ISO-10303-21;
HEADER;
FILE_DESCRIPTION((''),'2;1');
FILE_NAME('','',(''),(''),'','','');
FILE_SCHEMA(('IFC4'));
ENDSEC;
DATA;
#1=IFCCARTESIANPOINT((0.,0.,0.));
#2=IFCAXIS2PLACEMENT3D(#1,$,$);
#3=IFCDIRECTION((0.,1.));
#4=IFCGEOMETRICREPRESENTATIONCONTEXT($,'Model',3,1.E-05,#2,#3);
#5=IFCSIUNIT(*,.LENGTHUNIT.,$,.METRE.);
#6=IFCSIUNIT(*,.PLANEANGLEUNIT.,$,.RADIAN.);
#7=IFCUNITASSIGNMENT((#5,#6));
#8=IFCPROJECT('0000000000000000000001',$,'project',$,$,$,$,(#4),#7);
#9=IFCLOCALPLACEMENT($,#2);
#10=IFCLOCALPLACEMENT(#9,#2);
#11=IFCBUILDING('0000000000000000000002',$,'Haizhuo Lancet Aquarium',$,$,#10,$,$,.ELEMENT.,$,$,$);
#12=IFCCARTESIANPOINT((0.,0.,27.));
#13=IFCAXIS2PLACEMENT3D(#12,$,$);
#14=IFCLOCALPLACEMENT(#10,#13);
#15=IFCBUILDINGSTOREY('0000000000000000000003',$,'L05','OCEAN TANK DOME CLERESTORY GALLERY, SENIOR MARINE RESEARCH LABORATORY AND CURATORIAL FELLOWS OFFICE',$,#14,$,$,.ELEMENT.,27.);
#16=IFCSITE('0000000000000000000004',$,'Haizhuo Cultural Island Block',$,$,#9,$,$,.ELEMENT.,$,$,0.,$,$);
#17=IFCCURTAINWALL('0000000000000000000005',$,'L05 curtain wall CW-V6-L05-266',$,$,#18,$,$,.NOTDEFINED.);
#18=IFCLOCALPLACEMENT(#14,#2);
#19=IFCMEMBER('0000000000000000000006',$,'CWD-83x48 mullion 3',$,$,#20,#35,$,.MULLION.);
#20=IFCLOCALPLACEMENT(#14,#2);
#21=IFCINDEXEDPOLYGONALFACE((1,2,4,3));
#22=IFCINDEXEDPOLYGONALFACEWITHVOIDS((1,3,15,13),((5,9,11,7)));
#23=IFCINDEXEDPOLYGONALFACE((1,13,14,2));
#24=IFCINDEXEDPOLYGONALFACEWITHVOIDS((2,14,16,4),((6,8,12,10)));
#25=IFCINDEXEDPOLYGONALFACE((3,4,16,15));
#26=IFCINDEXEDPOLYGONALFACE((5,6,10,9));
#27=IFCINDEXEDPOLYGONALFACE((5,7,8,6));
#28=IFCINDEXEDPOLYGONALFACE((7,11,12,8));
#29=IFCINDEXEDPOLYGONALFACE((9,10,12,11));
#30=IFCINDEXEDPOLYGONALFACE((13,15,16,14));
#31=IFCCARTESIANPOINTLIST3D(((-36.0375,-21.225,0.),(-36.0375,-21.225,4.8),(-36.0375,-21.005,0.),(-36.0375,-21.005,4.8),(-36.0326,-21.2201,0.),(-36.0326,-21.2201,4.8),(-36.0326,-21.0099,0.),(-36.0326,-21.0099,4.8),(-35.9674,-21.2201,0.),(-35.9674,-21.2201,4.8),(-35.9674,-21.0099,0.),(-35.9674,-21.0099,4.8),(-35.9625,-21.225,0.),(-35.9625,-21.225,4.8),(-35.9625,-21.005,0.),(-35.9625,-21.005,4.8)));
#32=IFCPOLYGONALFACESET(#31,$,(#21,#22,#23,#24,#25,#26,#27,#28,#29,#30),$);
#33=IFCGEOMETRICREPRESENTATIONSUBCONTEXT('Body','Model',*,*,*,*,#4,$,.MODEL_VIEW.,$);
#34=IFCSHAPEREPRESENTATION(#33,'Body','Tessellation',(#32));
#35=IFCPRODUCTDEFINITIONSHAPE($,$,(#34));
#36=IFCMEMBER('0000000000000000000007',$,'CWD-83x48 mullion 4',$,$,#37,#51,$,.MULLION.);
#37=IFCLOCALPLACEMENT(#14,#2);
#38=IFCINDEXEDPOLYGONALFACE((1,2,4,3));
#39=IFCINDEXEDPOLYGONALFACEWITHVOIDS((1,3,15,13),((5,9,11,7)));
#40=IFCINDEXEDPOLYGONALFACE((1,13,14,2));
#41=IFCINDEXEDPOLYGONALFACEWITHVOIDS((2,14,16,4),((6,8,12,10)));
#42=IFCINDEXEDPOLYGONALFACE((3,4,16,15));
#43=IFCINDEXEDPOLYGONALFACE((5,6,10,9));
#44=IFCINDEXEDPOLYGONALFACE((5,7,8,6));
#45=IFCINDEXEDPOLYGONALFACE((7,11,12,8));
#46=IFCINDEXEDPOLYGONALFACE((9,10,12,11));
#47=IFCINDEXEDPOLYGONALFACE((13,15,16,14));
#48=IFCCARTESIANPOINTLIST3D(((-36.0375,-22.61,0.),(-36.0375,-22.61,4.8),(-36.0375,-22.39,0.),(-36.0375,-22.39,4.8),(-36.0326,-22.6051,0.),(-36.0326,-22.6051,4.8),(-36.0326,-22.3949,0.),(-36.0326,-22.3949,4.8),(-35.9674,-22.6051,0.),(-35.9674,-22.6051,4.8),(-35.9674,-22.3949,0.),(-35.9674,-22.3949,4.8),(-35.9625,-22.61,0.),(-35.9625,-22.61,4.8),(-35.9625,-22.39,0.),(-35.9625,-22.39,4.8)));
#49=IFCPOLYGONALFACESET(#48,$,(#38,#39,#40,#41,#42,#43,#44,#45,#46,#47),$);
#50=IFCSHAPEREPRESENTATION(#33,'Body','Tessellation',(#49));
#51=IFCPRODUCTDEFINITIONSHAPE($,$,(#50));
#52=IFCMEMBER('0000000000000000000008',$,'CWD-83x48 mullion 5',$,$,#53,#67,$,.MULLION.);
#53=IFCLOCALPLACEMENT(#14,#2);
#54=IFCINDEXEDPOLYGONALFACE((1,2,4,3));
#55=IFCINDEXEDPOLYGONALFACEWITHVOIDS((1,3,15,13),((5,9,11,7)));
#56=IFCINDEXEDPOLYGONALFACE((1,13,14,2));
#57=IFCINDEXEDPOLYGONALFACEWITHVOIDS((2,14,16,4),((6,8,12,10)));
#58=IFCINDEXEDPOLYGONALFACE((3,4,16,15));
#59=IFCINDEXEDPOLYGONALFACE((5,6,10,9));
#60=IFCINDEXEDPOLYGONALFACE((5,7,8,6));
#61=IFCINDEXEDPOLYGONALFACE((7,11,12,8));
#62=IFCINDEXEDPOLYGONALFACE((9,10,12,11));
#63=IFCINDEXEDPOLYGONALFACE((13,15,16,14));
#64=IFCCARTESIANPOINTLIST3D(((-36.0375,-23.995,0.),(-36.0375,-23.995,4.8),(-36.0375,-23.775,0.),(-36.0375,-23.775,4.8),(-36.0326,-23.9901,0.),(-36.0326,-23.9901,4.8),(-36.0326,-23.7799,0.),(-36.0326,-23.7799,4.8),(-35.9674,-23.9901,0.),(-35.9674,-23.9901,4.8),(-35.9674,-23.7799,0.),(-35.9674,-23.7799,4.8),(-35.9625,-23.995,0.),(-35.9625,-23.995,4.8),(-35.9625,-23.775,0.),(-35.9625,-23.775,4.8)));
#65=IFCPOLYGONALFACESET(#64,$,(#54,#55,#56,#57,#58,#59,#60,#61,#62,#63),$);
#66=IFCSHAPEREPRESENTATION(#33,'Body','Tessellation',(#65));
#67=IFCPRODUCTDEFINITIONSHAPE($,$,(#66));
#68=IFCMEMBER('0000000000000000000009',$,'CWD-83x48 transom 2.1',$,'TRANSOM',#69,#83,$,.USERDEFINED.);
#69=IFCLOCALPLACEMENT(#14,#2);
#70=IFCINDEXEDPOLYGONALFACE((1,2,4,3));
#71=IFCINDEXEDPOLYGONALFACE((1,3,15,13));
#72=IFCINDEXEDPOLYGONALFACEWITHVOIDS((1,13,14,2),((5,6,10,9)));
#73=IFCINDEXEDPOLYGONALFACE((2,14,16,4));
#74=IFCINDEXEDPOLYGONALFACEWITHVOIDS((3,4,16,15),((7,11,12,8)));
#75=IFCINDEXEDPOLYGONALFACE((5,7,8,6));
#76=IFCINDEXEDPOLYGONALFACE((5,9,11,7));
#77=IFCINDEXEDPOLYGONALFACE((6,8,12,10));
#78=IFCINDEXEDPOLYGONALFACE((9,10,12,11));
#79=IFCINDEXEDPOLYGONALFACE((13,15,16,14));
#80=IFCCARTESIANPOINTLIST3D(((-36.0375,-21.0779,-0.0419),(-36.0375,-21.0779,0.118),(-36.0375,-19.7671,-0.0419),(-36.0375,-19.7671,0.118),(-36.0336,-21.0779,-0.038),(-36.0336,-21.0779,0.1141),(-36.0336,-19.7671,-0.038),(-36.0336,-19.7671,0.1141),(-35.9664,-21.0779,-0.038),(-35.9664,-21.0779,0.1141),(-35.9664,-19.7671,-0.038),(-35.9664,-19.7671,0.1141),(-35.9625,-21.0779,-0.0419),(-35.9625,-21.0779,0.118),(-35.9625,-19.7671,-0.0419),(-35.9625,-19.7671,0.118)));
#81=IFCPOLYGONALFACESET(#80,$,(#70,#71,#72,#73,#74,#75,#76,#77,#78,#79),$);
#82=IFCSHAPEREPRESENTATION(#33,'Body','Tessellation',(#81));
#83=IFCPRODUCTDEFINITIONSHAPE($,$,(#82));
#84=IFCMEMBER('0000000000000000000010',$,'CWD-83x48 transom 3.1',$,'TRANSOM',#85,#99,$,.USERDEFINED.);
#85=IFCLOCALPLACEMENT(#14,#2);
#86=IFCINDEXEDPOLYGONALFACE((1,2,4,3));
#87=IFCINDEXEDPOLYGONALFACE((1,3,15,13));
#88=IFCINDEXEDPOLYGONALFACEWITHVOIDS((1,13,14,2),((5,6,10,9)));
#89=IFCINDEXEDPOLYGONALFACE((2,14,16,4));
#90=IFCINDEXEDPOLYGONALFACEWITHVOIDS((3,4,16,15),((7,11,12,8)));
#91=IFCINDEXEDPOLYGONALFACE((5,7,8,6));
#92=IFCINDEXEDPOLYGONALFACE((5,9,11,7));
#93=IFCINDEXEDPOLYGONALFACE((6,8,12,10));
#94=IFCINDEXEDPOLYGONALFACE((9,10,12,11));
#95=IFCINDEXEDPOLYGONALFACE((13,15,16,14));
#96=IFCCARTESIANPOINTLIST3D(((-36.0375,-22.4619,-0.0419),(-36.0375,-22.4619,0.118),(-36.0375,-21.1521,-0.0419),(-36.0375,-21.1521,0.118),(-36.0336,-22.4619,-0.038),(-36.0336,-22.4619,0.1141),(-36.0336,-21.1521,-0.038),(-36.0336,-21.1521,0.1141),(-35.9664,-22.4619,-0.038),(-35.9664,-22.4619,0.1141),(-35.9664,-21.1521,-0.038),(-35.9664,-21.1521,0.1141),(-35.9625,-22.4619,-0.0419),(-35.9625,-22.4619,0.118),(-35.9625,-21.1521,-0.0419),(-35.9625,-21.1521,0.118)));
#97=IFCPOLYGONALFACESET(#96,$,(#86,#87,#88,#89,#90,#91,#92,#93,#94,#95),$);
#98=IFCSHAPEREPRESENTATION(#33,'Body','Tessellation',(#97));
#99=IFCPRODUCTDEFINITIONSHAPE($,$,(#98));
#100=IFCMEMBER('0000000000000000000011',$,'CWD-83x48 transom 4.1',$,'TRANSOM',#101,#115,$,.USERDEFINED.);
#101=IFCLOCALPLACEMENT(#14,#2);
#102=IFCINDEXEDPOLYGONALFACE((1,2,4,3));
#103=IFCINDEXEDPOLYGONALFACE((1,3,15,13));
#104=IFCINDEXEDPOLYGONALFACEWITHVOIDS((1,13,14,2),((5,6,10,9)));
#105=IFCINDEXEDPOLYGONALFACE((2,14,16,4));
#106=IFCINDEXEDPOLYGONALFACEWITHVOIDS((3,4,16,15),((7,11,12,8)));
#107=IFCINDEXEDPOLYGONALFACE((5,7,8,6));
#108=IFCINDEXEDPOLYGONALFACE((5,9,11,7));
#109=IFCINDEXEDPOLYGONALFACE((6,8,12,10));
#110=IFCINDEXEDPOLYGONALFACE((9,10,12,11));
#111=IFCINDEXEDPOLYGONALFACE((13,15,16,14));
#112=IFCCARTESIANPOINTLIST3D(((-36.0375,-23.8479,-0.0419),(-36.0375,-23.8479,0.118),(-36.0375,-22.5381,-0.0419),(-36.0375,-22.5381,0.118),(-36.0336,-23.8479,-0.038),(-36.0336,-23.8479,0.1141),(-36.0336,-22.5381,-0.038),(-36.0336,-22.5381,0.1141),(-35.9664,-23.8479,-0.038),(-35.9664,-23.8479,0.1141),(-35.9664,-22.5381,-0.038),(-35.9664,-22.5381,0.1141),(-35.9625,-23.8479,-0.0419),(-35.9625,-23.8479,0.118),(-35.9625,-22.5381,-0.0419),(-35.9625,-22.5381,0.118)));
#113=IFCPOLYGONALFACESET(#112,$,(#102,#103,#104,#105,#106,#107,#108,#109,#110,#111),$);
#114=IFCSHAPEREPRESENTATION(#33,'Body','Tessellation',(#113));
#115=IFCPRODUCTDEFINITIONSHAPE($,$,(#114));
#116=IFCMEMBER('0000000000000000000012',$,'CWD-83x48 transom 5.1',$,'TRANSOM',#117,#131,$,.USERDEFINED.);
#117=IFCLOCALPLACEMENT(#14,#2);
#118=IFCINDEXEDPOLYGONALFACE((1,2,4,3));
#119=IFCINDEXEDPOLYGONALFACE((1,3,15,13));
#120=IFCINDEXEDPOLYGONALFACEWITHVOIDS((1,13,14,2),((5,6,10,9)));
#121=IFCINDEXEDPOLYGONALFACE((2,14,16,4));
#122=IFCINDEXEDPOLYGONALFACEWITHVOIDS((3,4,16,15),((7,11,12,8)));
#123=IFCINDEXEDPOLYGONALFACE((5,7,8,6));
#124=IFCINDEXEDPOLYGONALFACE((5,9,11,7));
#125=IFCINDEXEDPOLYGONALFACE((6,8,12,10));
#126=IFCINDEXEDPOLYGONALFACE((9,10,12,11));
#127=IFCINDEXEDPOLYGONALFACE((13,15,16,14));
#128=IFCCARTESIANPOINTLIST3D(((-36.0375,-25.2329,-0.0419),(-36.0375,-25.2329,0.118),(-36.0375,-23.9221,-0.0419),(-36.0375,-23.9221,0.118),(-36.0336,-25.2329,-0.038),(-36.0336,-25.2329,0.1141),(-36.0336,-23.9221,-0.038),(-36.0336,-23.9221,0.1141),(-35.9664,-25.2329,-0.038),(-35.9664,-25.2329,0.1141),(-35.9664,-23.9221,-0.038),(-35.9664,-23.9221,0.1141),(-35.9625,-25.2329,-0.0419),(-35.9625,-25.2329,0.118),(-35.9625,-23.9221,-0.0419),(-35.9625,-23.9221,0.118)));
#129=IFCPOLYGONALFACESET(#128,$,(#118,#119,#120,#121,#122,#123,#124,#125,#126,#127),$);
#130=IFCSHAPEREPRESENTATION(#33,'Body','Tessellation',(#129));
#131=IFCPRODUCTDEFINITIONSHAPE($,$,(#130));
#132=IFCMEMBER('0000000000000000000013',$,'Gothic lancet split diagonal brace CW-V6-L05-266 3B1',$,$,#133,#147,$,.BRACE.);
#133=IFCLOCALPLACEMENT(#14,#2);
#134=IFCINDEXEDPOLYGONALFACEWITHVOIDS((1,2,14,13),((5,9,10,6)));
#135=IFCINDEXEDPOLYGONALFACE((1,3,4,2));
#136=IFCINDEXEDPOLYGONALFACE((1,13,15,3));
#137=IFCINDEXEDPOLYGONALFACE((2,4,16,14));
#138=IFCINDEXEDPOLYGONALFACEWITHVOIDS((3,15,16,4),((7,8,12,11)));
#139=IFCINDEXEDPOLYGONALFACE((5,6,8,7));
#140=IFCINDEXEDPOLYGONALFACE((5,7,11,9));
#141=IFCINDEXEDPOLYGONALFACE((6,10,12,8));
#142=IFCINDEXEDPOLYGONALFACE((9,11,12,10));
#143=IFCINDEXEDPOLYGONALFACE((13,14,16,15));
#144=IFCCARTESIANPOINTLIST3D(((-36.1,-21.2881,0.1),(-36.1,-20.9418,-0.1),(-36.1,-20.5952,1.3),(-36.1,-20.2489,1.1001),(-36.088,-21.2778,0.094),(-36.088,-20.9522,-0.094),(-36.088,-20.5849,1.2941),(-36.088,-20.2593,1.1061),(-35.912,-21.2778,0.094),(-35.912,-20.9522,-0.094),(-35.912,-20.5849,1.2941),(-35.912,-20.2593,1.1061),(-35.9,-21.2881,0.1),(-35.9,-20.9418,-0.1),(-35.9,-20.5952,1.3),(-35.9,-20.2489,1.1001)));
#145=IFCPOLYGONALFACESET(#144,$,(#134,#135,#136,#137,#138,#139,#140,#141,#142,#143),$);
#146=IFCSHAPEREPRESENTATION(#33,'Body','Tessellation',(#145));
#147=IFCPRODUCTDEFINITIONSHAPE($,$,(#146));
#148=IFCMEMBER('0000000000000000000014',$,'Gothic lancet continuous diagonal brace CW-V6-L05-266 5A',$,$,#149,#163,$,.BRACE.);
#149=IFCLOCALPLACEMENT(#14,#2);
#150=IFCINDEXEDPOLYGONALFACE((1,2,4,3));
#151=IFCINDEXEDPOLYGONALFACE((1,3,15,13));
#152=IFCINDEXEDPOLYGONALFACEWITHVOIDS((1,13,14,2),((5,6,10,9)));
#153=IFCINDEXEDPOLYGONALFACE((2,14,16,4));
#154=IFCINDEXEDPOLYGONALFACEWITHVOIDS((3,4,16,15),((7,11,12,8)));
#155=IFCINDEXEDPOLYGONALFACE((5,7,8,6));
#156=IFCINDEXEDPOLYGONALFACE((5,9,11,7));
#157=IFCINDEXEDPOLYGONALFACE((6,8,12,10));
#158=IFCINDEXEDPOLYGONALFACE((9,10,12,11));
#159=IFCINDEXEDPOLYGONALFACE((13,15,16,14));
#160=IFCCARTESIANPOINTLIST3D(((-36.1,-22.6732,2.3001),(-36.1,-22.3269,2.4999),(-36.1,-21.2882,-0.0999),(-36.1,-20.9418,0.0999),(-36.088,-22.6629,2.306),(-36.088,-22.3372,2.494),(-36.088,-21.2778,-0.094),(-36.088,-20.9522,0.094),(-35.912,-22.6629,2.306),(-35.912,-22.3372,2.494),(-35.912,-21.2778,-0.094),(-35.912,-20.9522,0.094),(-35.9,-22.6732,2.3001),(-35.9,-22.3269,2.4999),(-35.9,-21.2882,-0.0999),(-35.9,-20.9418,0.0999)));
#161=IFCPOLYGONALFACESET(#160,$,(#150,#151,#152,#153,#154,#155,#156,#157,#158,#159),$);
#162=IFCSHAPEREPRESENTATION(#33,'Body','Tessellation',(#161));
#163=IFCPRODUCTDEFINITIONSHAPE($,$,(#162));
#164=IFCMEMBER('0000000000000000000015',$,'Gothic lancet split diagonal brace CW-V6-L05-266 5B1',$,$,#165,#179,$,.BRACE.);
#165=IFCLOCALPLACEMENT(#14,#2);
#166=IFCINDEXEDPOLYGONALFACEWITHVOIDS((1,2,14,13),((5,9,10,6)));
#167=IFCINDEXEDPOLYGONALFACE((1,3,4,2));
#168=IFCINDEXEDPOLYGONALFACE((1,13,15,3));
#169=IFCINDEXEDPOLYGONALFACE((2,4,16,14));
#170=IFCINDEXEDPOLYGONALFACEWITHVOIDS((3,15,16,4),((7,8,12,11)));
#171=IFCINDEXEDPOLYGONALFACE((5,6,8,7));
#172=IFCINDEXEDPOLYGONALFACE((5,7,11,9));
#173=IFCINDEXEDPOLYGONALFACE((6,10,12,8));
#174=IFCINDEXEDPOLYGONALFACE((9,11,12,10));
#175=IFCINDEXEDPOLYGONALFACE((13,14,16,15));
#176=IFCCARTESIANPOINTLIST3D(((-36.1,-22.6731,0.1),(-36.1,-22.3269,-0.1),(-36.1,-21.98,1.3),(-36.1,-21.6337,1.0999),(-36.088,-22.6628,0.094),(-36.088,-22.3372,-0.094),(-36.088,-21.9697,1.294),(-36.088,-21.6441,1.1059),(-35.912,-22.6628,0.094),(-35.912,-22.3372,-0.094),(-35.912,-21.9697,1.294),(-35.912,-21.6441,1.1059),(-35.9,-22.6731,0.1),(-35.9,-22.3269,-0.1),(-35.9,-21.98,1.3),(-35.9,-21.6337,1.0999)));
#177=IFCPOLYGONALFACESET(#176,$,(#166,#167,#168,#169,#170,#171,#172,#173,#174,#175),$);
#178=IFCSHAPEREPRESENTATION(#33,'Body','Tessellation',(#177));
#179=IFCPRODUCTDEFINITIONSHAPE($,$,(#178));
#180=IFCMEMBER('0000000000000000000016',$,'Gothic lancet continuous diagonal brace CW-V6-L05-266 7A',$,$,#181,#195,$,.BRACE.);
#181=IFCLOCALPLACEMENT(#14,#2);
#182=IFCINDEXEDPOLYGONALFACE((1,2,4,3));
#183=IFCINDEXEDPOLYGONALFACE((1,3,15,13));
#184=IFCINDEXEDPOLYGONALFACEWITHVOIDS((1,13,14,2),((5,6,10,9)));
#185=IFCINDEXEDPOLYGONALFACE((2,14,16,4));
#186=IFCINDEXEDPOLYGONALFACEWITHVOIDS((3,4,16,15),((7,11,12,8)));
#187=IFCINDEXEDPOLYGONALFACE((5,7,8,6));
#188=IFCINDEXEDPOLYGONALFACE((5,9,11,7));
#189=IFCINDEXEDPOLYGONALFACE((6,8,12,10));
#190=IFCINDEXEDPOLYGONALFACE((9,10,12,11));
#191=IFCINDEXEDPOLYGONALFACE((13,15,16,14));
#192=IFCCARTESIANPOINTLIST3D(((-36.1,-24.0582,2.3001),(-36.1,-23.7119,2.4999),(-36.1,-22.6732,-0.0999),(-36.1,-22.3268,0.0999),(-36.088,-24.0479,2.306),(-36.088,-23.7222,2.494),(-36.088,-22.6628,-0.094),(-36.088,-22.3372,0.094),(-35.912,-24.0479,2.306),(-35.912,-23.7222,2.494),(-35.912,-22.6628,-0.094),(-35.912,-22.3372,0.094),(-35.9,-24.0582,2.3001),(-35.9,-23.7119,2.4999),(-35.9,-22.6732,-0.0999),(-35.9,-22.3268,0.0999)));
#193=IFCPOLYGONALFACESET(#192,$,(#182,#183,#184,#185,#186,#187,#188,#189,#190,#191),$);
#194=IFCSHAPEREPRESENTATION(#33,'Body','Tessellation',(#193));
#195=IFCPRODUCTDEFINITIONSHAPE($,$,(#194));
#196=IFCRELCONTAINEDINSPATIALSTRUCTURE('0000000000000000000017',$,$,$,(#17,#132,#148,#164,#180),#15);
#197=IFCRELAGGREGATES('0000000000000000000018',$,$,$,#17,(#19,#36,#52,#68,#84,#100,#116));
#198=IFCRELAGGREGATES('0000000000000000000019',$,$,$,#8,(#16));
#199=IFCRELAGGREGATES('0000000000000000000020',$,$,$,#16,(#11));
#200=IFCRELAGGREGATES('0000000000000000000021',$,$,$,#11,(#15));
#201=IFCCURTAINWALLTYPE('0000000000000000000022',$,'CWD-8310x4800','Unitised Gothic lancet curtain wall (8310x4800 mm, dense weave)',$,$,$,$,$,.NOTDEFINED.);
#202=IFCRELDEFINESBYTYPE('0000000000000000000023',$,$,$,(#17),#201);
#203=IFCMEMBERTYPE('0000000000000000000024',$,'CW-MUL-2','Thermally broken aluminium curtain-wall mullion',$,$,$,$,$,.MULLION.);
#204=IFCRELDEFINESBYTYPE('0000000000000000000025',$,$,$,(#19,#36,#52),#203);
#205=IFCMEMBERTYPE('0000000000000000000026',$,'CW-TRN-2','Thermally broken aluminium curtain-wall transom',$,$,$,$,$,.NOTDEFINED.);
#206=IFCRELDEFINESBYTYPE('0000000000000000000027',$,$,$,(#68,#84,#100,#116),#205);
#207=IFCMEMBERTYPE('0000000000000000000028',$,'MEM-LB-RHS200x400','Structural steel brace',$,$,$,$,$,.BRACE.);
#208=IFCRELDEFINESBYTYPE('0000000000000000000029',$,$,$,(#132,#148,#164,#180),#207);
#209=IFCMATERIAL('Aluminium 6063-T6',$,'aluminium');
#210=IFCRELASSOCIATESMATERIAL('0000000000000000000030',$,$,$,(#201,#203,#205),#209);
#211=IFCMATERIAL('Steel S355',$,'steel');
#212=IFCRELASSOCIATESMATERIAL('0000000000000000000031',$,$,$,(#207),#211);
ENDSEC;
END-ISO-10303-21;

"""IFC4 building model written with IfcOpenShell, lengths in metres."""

from ifc_helpers import new_model, si_unit, direction, frame, origin, origin_2d, place, context, subcontext, project, spatial, hollow_rectangle, extrude, material, material_profile, profile_set, type_object, element, aggregate, save


model = new_model("IFC4")

# Units and contexts
model_context = context("Model", 3, precision=1e-05, world=origin(), true_north=direction((0.0, 1.0)))
body_context = subcontext(model_context, "Body", "Model", "MODEL_VIEW")
ifc_project = project(units=[si_unit("LENGTHUNIT", "METRE"), si_unit("PLANEANGLEUNIT", "RADIAN")], contexts=[model_context])

# Site, building, storey
site_placement = place(None, origin())
site = spatial("IfcSite", under=ifc_project, at=site_placement, Name="Haizhuo Cultural Island Block", CompositionType="ELEMENT", RefElevation=0.0)
building_placement = place(site_placement, origin())
building = spatial("IfcBuilding", under=site, at=building_placement, Name="Haizhuo Lancet Aquarium", CompositionType="ELEMENT")
storey_placement = place(building_placement, frame((0.0, 0.0, 27.0)))
storey = spatial("IfcBuildingStorey", under=building, at=storey_placement, Name="L05", Description="OCEAN TANK DOME CLERESTORY GALLERY, SENIOR MARINE RESEARCH LABORATORY AND CURATORIAL FELLOWS OFFICE", CompositionType="ELEMENT", Elevation=27.0)

# Curtain wall, members
ifc_material_1 = material(Name="Aluminium 6063-T6", Category="aluminium")
curtain_wall_type = type_object("IfcCurtainWallType", Name="CWD-8310x4800", Description="Unitised Gothic lancet curtain wall (8310x4800 mm, dense weave)", PredefinedType="NOTDEFINED", material=ifc_material_1)
curtain_wall_placement = place(storey_placement, origin())
curtain_wall = element("IfcCurtainWall", 1, at=curtain_wall_placement, inside=storey, type_object=curtain_wall_type, Name="L05 curtain wall CW-V6-L05-266", PredefinedType="NOTDEFINED")
ifc_material_profile_1 = material_profile(ifc_material_1, hollow_rectangle(XDim=0.075, YDim=0.22, WallThickness=0.0049, at=origin_2d()), Name="ALU-M 75x220x5")
ifc_profile_set_1 = profile_set([ifc_material_profile_1], Name="Aluminium 6063-T6")
member_type_1 = type_object("IfcMemberType", Name="CW-MUL-2", Description="Thermally broken aluminium curtain-wall mullion", PredefinedType="MULLION", material=ifc_profile_set_1)
member_1_placement = place(storey_placement, frame((-36.0, -21.115, 0.0), z_axis=(0.0, 0.0, 1.0), x_axis=(1.0, 0.0, 0.0)))
member_1 = element("IfcMember", 2, at=member_1_placement, type_object=member_type_1, Name="CWD-83x48 mullion 3", PredefinedType="MULLION", context=body_context, shape_type="SweptSolid", body=[
    extrude(hollow_rectangle(XDim=0.075, YDim=0.22, WallThickness=0.0049, at=origin_2d()), origin(), (0.0, 0.0, 1.0), 4.8),
])
member_2_placement = place(storey_placement, frame((-36.0, -22.5, 0.0), z_axis=(0.0, 0.0, 1.0), x_axis=(1.0, 0.0, 0.0)))
member_2 = element("IfcMember", 3, at=member_2_placement, type_object=member_type_1, Name="CWD-83x48 mullion 4", PredefinedType="MULLION", context=body_context, shape_type="SweptSolid", body=[
    extrude(hollow_rectangle(XDim=0.075, YDim=0.22, WallThickness=0.0049, at=origin_2d()), origin(), (0.0, 0.0, 1.0), 4.8),
])
member_3_placement = place(storey_placement, frame((-36.0, -23.885, 0.0), z_axis=(0.0, 0.0, 1.0), x_axis=(1.0, 0.0, 0.0)))
member_3 = element("IfcMember", 4, at=member_3_placement, type_object=member_type_1, Name="CWD-83x48 mullion 5", PredefinedType="MULLION", context=body_context, shape_type="SweptSolid", body=[
    extrude(hollow_rectangle(XDim=0.075, YDim=0.22, WallThickness=0.0049, at=origin_2d()), origin(), (0.0, 0.0, 1.0), 4.8),
])
ifc_material_profile_2 = material_profile(ifc_material_1, hollow_rectangle(XDim=0.075, YDim=0.1599, WallThickness=0.0039, at=origin_2d()), Name="ALU-T 75x160x4")
ifc_profile_set_2 = profile_set([ifc_material_profile_2], Name="Aluminium 6063-T6")
member_type_2 = type_object("IfcMemberType", Name="CW-TRN-2", Description="Thermally broken aluminium curtain-wall transom", PredefinedType="NOTDEFINED", material=ifc_profile_set_2)
member_4_placement = place(storey_placement, frame((-36.0, -19.7671, 0.0381), z_axis=(0.0, -1.0, 0.0), x_axis=(1.0, 0.0, 0.0)))
member_4 = element("IfcMember", 5, at=member_4_placement, type_object=member_type_2, Name="CWD-83x48 transom 2.1", ObjectType="TRANSOM", PredefinedType="USERDEFINED", context=body_context, shape_type="SweptSolid", body=[
    extrude(hollow_rectangle(XDim=0.075, YDim=0.1599, WallThickness=0.0039, at=origin_2d()), origin(), (0.0, 0.0, 1.0), 1.3108),
])
member_5_placement = place(storey_placement, frame((-36.0, -21.1521, 0.0381), z_axis=(0.0, -1.0, 0.0), x_axis=(1.0, 0.0, 0.0)))
member_5 = element("IfcMember", 6, at=member_5_placement, type_object=member_type_2, Name="CWD-83x48 transom 3.1", ObjectType="TRANSOM", PredefinedType="USERDEFINED", context=body_context, shape_type="SweptSolid", body=[
    extrude(hollow_rectangle(XDim=0.075, YDim=0.1599, WallThickness=0.0039, at=origin_2d()), origin(), (0.0, 0.0, 1.0), 1.3098),
])
member_6_placement = place(storey_placement, frame((-36.0, -22.5381, 0.0381), z_axis=(0.0, -1.0, 0.0), x_axis=(1.0, 0.0, 0.0)))
member_6 = element("IfcMember", 7, at=member_6_placement, type_object=member_type_2, Name="CWD-83x48 transom 4.1", ObjectType="TRANSOM", PredefinedType="USERDEFINED", context=body_context, shape_type="SweptSolid", body=[
    extrude(hollow_rectangle(XDim=0.075, YDim=0.1599, WallThickness=0.0039, at=origin_2d()), origin(), (0.0, 0.0, 1.0), 1.3098),
])
member_7_placement = place(storey_placement, frame((-36.0, -23.9221, 0.0381), z_axis=(0.0, -1.0, 0.0), x_axis=(1.0, 0.0, 0.0)))
member_7 = element("IfcMember", 8, at=member_7_placement, type_object=member_type_2, Name="CWD-83x48 transom 5.1", ObjectType="TRANSOM", PredefinedType="USERDEFINED", context=body_context, shape_type="SweptSolid", body=[
    extrude(hollow_rectangle(XDim=0.075, YDim=0.1599, WallThickness=0.0039, at=origin_2d()), origin(), (0.0, 0.0, 1.0), 1.3108),
])

# Members
ifc_material_2 = material(Name="Steel S355", Category="steel")
ifc_material_profile_3 = material_profile(ifc_material_2, hollow_rectangle(XDim=0.2, YDim=0.3999, WallThickness=0.012, at=origin_2d()), Name="RHS 200x400x12")
ifc_profile_set_3 = profile_set([ifc_material_profile_3], Name="Steel S355")
member_type_3 = type_object("IfcMemberType", Name="MEM-LB-RHS200x400", Description="Structural steel brace", PredefinedType="BRACE", material=ifc_profile_set_3)
member_8_placement = place(storey_placement, frame((-36.0, -21.115, 0.0), z_axis=(0.0, 0.500043, 0.866001), x_axis=(-1.0, 0.0, 0.0)))
element("IfcMember", 9, at=member_8_placement, inside=storey, type_object=member_type_3, Name="Gothic lancet split diagonal brace CW-V6-L05-266 3B1", PredefinedType="BRACE", context=body_context, shape_type="SweptSolid", body=[
    extrude(hollow_rectangle(XDim=0.2, YDim=0.3999, WallThickness=0.012, at=origin_2d()), origin(), (0.0, 0.0, 1.0), 1.3857),
])
member_9_placement = place(storey_placement, frame((-36.0, -21.115, 0.0), z_axis=(0.0, -0.499844, 0.866115), x_axis=(1.0, 0.0, 0.0)))
element("IfcMember", 10, at=member_9_placement, inside=storey, type_object=member_type_3, Name="Gothic lancet continuous diagonal brace CW-V6-L05-266 5A", PredefinedType="BRACE", context=body_context, shape_type="SweptSolid", body=[
    extrude(hollow_rectangle(XDim=0.2, YDim=0.3999, WallThickness=0.012, at=origin_2d()), origin(), (0.0, 0.0, 1.0), 2.771),
])
member_10_placement = place(storey_placement, frame((-36.0, -22.5, 0.0), z_axis=(0.0, 0.500175, 0.865924), x_axis=(-1.0, 0.0, 0.0)))
element("IfcMember", 11, at=member_10_placement, inside=storey, type_object=member_type_3, Name="Gothic lancet split diagonal brace CW-V6-L05-266 5B1", PredefinedType="BRACE", context=body_context, shape_type="SweptSolid", body=[
    extrude(hollow_rectangle(XDim=0.2, YDim=0.3999, WallThickness=0.012, at=origin_2d()), origin(), (0.0, 0.0, 1.0), 1.3857),
])
member_11_placement = place(storey_placement, frame((-36.0, -22.5, 0.0), z_axis=(0.0, -0.499844, 0.866115), x_axis=(1.0, 0.0, 0.0)))
element("IfcMember", 12, at=member_11_placement, inside=storey, type_object=member_type_3, Name="Gothic lancet continuous diagonal brace CW-V6-L05-266 7A", PredefinedType="BRACE", context=body_context, shape_type="SweptSolid", body=[
    extrude(hollow_rectangle(XDim=0.2, YDim=0.3999, WallThickness=0.012, at=origin_2d()), origin(), (0.0, 0.0, 1.0), 2.771),
])

aggregate(curtain_wall, [member_1, member_2, member_3, member_4, member_5, member_6, member_7])

save(model, "model.ifc")
